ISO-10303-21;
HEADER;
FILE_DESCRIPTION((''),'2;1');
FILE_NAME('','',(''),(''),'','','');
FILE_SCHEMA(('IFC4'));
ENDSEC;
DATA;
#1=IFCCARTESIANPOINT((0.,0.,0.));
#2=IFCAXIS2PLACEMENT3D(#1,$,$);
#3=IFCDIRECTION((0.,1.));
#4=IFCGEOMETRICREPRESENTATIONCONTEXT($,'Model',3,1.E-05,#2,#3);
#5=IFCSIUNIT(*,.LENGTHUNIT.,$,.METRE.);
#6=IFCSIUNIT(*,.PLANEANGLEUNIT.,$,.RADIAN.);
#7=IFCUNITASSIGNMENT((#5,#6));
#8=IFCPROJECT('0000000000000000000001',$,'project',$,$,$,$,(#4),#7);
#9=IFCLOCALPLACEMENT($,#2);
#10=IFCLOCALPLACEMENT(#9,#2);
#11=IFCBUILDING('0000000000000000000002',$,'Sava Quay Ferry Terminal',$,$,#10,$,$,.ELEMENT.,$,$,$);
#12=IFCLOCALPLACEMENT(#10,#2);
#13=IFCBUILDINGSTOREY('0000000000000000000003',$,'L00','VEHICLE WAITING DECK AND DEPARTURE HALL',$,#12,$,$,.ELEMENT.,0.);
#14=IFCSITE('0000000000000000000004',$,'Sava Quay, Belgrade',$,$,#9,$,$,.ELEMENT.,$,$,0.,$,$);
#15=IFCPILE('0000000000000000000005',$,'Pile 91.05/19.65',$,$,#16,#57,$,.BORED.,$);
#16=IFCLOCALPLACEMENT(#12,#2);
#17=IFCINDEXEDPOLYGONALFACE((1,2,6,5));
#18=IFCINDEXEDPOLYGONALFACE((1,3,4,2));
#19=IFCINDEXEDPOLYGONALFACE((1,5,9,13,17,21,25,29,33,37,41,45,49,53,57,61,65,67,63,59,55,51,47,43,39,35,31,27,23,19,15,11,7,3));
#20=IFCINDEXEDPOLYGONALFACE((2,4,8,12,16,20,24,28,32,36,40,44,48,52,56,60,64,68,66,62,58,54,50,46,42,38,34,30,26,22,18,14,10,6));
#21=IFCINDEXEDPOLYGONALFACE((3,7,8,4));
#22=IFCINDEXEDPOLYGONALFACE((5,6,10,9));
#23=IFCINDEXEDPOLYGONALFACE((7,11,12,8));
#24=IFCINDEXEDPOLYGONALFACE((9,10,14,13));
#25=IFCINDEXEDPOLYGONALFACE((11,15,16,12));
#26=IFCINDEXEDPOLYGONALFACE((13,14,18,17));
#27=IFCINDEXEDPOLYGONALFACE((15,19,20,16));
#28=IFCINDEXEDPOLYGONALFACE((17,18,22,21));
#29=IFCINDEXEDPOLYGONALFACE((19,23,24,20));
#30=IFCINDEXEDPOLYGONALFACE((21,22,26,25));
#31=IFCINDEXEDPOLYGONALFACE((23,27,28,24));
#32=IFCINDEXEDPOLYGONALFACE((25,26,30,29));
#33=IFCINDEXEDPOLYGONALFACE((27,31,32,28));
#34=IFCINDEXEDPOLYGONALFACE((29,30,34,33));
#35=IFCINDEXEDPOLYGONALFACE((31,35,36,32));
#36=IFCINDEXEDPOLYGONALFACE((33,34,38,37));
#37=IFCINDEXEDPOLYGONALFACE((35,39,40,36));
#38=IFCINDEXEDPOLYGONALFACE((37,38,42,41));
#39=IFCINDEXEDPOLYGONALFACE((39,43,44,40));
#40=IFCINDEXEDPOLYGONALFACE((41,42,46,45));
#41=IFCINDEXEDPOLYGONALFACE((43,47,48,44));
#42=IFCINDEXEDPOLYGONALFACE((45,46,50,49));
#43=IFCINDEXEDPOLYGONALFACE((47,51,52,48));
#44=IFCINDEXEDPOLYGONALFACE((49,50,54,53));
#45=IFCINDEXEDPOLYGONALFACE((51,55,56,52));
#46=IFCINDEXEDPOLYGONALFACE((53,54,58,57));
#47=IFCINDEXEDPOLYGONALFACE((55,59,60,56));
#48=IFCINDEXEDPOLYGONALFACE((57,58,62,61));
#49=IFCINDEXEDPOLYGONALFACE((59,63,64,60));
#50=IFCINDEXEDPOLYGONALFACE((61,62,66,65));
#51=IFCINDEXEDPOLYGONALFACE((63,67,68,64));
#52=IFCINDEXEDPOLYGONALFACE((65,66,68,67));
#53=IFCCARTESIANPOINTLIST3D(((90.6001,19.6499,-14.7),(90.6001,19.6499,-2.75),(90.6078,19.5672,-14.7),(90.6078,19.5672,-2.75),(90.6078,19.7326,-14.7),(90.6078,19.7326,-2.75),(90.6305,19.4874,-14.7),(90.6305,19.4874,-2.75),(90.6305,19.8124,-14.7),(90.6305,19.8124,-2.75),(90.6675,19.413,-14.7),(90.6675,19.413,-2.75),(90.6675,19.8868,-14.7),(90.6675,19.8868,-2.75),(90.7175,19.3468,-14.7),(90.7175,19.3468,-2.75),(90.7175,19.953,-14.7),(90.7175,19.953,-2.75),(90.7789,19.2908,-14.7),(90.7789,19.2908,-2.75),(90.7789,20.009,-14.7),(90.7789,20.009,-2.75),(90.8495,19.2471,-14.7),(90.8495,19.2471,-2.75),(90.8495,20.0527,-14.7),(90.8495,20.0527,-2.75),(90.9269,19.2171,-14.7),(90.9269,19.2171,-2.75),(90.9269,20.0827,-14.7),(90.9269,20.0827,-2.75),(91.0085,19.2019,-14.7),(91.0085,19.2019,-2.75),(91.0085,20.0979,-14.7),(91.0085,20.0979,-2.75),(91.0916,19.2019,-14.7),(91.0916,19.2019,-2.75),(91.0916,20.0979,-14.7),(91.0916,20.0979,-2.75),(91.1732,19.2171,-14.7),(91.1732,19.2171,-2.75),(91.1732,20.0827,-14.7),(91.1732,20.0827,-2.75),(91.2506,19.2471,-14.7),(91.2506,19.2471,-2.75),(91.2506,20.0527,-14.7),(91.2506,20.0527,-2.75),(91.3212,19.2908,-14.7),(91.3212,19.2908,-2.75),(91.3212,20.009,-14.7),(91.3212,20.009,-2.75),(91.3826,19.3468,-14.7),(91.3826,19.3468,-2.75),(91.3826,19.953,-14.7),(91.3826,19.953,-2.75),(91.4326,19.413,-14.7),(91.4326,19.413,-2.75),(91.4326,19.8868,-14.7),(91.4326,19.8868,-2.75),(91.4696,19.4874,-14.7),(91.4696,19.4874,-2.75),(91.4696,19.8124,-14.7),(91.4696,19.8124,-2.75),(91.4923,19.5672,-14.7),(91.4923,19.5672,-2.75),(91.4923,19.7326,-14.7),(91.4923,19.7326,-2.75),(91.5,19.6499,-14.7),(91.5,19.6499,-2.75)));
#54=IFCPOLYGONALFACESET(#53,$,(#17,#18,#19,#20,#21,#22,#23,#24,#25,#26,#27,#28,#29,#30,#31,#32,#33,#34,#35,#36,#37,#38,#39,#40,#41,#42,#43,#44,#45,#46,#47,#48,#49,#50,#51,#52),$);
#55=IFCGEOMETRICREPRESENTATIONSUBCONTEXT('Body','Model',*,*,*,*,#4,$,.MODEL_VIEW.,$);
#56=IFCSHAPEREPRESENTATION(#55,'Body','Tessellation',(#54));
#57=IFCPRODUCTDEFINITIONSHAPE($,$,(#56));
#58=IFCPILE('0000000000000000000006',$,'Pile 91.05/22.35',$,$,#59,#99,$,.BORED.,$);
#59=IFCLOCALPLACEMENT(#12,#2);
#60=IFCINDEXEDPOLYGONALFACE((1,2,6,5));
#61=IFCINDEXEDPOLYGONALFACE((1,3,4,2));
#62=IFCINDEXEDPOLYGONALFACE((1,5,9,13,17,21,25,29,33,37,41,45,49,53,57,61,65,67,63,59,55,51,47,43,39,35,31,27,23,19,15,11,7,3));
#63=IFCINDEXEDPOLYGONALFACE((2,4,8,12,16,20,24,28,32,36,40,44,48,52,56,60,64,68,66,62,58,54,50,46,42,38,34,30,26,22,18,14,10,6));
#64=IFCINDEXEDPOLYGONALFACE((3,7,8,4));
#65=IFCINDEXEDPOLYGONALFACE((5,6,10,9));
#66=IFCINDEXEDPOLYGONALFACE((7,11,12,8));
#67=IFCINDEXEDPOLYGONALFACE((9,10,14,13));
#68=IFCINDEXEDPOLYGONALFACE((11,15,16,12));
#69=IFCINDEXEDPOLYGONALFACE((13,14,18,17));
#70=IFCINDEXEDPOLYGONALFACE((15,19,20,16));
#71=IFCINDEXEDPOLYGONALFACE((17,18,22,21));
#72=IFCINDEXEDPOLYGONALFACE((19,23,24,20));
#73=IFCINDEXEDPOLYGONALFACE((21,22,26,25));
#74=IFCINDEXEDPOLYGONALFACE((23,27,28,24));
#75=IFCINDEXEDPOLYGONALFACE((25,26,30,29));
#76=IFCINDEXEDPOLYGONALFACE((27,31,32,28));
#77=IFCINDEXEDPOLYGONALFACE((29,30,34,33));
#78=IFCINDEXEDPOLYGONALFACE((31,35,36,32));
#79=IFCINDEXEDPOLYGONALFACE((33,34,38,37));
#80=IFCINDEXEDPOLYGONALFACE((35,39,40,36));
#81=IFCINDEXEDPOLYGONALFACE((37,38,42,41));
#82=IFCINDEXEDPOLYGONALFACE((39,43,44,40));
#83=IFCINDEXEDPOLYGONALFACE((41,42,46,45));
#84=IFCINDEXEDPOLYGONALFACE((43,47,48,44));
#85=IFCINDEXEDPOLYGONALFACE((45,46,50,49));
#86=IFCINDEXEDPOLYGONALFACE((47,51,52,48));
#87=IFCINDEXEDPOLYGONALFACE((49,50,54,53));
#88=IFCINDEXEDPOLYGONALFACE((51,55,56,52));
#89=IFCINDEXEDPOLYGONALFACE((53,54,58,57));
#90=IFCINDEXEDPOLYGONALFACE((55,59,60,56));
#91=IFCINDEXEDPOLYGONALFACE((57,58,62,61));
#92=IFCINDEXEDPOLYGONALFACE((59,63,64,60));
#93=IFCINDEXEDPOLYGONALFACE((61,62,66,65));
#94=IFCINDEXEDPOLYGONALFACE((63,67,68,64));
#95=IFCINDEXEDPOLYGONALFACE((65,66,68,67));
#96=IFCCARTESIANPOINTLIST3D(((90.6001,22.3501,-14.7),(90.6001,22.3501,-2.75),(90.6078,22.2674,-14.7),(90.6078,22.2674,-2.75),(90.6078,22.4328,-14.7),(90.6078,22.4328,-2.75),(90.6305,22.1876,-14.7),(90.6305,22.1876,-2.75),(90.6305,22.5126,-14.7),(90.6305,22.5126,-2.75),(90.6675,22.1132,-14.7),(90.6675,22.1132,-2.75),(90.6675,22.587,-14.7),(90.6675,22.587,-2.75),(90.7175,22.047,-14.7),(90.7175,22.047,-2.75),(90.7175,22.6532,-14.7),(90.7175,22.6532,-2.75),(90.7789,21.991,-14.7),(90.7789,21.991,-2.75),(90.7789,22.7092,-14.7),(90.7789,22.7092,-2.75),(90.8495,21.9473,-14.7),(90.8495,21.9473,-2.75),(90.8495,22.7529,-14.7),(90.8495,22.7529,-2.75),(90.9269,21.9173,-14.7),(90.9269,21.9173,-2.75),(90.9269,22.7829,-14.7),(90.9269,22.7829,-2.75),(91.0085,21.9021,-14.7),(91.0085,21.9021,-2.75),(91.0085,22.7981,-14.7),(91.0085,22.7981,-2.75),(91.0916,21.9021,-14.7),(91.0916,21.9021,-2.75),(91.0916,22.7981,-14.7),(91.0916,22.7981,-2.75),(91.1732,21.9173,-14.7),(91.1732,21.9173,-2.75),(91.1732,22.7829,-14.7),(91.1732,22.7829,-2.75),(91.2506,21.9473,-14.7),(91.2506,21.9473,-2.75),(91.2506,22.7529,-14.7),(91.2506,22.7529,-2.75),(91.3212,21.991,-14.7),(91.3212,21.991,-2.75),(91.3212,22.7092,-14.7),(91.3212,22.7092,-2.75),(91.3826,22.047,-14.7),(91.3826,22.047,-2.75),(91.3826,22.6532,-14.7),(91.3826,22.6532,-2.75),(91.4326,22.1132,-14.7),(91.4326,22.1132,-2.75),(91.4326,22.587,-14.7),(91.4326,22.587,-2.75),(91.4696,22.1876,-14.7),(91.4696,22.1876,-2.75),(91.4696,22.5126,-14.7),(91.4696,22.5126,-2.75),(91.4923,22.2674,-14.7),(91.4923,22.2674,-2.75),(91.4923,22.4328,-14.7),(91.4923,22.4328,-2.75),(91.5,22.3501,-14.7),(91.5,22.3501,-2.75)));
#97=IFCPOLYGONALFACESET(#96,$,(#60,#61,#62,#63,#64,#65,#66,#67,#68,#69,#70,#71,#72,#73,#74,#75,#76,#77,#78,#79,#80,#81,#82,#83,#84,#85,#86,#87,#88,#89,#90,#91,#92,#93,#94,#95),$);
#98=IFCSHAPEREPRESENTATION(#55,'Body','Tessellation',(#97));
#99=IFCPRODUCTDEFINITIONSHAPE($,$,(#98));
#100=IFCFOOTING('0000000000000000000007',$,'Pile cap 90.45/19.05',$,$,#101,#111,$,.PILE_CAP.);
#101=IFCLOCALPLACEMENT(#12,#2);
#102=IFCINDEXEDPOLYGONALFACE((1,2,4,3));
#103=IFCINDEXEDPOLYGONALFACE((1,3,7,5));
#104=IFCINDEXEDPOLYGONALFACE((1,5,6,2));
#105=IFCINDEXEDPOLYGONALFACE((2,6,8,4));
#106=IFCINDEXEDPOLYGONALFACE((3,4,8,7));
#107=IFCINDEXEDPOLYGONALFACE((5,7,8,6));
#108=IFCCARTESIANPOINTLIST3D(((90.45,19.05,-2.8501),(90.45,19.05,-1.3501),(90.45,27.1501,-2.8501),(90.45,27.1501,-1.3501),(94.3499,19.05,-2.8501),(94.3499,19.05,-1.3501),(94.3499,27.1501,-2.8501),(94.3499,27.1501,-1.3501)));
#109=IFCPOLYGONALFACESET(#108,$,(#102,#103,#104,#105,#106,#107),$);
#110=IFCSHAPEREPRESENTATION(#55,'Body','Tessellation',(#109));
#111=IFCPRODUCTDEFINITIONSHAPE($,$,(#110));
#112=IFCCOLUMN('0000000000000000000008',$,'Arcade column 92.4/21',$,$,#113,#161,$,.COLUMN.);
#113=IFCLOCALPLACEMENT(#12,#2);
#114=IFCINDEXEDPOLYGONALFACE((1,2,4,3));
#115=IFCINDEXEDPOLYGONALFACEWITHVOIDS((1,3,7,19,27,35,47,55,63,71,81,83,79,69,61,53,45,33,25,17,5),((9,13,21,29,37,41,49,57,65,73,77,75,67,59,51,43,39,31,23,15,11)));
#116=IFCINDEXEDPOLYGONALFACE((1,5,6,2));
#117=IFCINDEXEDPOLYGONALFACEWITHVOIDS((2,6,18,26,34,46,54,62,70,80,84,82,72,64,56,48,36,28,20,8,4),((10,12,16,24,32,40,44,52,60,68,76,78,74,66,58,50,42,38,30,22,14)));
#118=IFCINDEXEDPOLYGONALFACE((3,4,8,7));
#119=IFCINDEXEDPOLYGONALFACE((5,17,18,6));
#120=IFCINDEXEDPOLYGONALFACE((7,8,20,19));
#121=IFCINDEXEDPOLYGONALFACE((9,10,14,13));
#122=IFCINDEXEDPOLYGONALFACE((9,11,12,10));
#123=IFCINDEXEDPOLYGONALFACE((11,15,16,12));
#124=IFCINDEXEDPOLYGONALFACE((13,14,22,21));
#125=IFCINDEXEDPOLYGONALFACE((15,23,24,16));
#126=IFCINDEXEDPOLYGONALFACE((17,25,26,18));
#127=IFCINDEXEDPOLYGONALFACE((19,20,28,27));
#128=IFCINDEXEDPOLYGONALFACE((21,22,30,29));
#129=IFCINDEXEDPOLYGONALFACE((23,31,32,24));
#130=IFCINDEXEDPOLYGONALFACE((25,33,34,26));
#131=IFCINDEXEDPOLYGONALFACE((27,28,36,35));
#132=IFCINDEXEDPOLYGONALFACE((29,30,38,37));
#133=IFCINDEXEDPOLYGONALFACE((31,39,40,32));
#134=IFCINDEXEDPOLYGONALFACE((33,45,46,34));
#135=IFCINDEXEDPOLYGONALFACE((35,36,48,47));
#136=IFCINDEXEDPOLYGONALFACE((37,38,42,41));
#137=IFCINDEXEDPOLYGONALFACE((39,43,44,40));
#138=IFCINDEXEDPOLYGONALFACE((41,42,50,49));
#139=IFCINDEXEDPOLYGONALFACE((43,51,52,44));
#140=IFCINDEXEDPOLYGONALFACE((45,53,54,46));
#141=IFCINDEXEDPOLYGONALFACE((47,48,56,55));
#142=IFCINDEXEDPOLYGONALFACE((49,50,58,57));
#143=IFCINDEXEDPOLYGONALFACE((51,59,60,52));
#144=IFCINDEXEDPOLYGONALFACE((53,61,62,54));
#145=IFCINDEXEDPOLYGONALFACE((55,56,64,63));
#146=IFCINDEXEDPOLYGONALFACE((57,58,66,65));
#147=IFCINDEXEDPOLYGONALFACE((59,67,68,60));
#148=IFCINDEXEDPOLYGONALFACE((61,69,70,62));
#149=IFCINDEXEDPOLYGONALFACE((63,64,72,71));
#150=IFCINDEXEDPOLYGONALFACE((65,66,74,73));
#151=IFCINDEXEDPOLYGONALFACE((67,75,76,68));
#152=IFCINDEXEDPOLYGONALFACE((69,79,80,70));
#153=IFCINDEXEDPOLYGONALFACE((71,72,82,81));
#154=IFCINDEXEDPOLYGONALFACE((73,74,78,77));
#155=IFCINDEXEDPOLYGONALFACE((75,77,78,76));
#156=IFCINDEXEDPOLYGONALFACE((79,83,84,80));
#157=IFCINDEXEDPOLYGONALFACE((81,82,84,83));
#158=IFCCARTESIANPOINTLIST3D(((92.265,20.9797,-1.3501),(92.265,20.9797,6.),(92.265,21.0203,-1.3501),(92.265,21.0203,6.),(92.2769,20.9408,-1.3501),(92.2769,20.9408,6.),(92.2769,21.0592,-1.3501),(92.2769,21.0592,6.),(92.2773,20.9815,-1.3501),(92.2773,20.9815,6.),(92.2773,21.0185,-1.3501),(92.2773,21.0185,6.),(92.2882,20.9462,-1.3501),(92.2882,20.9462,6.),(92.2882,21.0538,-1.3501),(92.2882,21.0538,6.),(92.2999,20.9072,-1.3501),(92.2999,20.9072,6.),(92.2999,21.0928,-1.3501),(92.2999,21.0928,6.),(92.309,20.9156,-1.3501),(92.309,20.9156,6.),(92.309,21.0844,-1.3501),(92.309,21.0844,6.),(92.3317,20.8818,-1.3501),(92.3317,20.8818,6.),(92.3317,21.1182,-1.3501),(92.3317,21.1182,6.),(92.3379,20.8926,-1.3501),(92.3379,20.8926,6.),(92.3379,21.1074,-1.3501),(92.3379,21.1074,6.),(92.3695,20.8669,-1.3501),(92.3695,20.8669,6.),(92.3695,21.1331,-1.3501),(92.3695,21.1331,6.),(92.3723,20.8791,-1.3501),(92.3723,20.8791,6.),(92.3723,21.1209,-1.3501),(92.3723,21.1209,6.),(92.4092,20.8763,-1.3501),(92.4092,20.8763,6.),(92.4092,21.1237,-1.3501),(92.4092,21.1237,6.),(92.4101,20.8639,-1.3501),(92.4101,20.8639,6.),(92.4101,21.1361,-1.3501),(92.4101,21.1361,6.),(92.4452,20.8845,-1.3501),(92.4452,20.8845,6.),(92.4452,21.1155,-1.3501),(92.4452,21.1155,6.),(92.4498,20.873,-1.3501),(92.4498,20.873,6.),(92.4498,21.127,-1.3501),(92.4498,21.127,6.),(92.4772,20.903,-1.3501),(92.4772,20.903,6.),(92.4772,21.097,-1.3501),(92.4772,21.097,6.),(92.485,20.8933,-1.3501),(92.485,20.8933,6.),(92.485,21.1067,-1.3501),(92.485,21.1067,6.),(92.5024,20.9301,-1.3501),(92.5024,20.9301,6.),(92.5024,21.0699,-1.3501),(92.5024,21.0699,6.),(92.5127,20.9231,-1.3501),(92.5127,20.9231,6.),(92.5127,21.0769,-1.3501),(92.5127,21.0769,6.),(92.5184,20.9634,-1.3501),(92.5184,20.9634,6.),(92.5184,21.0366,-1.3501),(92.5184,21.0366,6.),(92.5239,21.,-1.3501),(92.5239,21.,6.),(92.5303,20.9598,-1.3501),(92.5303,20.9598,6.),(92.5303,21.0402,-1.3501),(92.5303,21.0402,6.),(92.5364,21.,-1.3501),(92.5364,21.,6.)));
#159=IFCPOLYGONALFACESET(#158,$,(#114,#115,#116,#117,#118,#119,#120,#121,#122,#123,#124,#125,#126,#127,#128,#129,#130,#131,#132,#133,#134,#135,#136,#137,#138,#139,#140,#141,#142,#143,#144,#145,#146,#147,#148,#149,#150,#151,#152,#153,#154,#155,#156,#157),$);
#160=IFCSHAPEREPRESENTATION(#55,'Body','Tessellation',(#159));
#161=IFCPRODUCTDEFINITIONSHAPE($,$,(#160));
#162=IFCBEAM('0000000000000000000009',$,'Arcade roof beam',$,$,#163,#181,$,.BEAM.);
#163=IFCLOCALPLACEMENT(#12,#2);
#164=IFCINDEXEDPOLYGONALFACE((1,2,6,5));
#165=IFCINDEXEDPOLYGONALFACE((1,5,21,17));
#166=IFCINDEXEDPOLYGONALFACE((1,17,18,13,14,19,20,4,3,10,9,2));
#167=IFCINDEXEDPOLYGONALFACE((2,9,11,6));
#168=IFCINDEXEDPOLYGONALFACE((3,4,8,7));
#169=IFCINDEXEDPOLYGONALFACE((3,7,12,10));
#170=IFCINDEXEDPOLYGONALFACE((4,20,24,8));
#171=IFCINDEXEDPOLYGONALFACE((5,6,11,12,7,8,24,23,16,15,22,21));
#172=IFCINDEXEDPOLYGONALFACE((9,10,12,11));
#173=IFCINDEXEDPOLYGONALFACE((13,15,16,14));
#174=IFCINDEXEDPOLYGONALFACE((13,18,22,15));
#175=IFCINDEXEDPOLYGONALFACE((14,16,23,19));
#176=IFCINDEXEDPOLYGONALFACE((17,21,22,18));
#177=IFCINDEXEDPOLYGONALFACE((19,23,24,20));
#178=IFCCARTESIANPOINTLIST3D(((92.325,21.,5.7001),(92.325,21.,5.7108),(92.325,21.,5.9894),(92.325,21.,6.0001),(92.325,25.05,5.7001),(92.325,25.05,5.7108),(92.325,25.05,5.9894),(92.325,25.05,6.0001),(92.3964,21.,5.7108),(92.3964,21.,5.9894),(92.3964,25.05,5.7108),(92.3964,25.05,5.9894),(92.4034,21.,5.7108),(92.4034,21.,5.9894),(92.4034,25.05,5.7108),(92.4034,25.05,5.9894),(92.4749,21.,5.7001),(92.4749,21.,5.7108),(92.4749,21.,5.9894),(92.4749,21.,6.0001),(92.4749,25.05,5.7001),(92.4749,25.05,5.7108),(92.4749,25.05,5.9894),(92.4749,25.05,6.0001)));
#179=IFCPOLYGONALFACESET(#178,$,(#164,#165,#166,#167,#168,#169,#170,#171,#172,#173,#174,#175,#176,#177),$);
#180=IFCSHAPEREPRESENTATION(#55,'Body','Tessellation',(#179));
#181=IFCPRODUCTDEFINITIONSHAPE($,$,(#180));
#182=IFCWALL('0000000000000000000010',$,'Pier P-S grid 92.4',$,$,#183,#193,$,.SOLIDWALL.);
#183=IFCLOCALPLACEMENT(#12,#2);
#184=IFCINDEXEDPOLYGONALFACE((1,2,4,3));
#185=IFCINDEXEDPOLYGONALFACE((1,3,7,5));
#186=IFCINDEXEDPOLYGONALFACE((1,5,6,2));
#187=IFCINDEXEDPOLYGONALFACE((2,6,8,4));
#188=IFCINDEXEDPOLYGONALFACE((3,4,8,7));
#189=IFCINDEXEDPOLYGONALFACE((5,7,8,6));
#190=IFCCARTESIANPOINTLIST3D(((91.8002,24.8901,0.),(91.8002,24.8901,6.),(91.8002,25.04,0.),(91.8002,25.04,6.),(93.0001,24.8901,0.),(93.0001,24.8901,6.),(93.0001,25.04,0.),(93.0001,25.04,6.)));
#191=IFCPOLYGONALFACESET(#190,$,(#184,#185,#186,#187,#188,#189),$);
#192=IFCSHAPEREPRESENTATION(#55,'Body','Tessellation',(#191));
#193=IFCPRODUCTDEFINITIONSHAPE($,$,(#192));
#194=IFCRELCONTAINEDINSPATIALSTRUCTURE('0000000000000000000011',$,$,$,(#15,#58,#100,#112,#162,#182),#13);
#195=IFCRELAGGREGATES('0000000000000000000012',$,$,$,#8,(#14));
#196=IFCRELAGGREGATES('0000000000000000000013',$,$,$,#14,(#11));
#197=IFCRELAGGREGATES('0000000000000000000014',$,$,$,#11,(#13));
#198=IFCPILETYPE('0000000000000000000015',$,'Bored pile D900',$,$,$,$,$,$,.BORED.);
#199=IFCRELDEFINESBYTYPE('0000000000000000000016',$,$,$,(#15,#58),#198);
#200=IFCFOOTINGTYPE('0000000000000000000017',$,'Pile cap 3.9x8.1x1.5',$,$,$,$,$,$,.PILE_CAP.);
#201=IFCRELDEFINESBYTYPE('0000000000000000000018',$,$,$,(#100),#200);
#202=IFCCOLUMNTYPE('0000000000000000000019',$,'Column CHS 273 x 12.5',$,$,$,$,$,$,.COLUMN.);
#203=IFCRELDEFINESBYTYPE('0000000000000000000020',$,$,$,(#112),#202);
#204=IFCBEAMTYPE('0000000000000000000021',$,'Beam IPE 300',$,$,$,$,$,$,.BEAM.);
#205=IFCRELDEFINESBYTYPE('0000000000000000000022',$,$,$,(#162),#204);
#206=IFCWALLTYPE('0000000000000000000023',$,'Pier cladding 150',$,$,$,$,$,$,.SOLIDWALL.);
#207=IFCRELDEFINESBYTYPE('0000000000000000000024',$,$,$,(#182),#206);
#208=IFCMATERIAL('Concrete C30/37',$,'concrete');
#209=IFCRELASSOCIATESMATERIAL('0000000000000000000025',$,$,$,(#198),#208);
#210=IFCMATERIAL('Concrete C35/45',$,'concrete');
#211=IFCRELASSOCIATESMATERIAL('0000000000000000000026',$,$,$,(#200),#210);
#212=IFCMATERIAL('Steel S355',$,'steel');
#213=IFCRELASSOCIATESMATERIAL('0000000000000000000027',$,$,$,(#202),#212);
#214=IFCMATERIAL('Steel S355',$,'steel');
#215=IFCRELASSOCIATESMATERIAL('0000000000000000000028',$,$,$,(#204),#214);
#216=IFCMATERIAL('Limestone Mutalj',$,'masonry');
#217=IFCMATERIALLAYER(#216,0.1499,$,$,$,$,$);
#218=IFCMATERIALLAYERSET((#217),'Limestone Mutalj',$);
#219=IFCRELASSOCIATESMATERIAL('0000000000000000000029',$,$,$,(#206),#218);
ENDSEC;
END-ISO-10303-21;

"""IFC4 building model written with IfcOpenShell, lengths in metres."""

from ifc_helpers import new_model, si_unit, direction, frame, frame_2d, origin, origin_2d, place, context, subcontext, project, spatial, rectangle, circle, hollow_circle, i_section, extrude, material, layer, layer_set, material_profile, profile_set, type_object, element, save


model = new_model("IFC4")

# Units and contexts
model_context = context("Model", 3, precision=1e-05, world=origin(), true_north=direction((0.0, 1.0)))
body_context = subcontext(model_context, "Body", "Model", "MODEL_VIEW")
ifc_project = project(units=[si_unit("LENGTHUNIT", "METRE"), si_unit("PLANEANGLEUNIT", "RADIAN")], contexts=[model_context])

# Site, building, storey
site_placement = place(None, origin())
site = spatial("IfcSite", under=ifc_project, at=site_placement, Name="Sava Quay, Belgrade", CompositionType="ELEMENT", RefElevation=0.0)
building_placement = place(site_placement, origin())
building = spatial("IfcBuilding", under=site, at=building_placement, Name="Sava Quay Ferry Terminal", CompositionType="ELEMENT")
storey_placement = place(building_placement, origin())
storey = spatial("IfcBuildingStorey", under=building, at=storey_placement, Name="L00", Description="VEHICLE WAITING DECK AND DEPARTURE HALL", CompositionType="ELEMENT", Elevation=0.0)

# Piles
ifc_material_1 = material(Name="Concrete C30/37", Category="concrete")
ifc_material_profile_1 = material_profile(ifc_material_1, circle(Radius=0.45, at=origin_2d()), Name="Bored pile D900")
ifc_profile_set_1 = profile_set([ifc_material_profile_1], Name="Concrete C30/37")
pile_type = type_object("IfcPileType", Name="Bored pile D900", PredefinedType="BORED", material=ifc_profile_set_1)
for number, where, z_axis, x_axis, name in (
    (1, (91.05, 19.6499, -2.75), (0.0, 0.0, -1.0), (1.0, 0.0, 0.0), "Pile 91.05/19.65"),
    (2, (91.05, 22.3501, -2.75), (0.0, 0.0, -1.0), (1.0, 0.0, 0.0), "Pile 91.05/22.35"),
):
    element("IfcPile", number, at=place(storey_placement, frame(where, z_axis=z_axis, x_axis=x_axis)), inside=storey, type_object=pile_type, Name=name, PredefinedType="BORED", context=body_context, shape_type="SweptSolid", body=[
        extrude(circle(Radius=0.45, at=origin_2d()), origin(), (0.0, 0.0, 1.0), 11.95),
    ])

# Footing
ifc_material_2 = material(Name="Concrete C35/45", Category="concrete")
footing_type = type_object("IfcFootingType", Name="Pile cap 3.9x8.1x1.5", PredefinedType="PILE_CAP", material=ifc_material_2)
footing_placement = place(storey_placement, frame((92.3999, 23.1001, -2.8501), z_axis=(0.0, 0.0, 1.0), x_axis=(1.0, 0.0, 0.0)))
element("IfcFooting", 3, at=footing_placement, inside=storey, type_object=footing_type, Name="Pile cap 90.45/19.05", PredefinedType="PILE_CAP", context=body_context, shape_type="SweptSolid", body=[
    extrude(rectangle(XDim=3.8999, YDim=8.1001, at=origin_2d()), origin(), (0.0, 0.0, 1.0), 1.5),
])

# Column
ifc_material_3 = material(Name="Steel S355", Category="steel")
ifc_material_profile_2 = material_profile(ifc_material_3, hollow_circle(Radius=0.1365, WallThickness=0.0125, at=origin_2d()), Name="CHS 273 x 12.5")
ifc_profile_set_2 = profile_set([ifc_material_profile_2], Name="Steel S355")
column_type = type_object("IfcColumnType", Name="Column CHS 273 x 12.5", PredefinedType="COLUMN", material=ifc_profile_set_2)
column_placement = place(storey_placement, frame((92.3999, 21.0, -1.3501), z_axis=(0.0, 0.0, 1.0), x_axis=(1.0, 0.0, 0.0)))
element("IfcColumn", 4, at=column_placement, inside=storey, type_object=column_type, Name="Arcade column 92.4/21", PredefinedType="COLUMN", context=body_context, shape_type="SweptSolid", body=[
    extrude(hollow_circle(Radius=0.1365, WallThickness=0.0125, at=origin_2d()), origin(), (0.0, 0.0, 1.0), 7.3501),
])

# Beam
ifc_material_4 = material(Name="Steel S355", Category="steel")
ifc_material_profile_3 = material_profile(ifc_material_4, i_section(OverallWidth=0.1499, OverallDepth=0.3, WebThickness=0.0071, FlangeThickness=0.0107, at=origin_2d()), Name="IPE 300")
ifc_profile_set_3 = profile_set([ifc_material_profile_3], Name="Steel S355")
beam_type = type_object("IfcBeamType", Name="Beam IPE 300", PredefinedType="BEAM", material=ifc_profile_set_3)
beam_placement = place(storey_placement, frame((92.3999, 21.0, 5.8501), z_axis=(0.0, 1.0, 0.0), x_axis=(-1.0, 0.0, 0.0)))
element("IfcBeam", 5, at=beam_placement, inside=storey, type_object=beam_type, Name="Arcade roof beam", PredefinedType="BEAM", context=body_context, shape_type="SweptSolid", body=[
    extrude(i_section(OverallWidth=0.1499, OverallDepth=0.3, WebThickness=0.0071, FlangeThickness=0.0107, at=origin_2d()), origin(), (0.0, 0.0, 1.0), 4.05),
])

# Wall
ifc_material_5 = material(Name="Limestone Mutalj", Category="masonry")
ifc_layer_1 = layer(ifc_material_5, 0.1499)
ifc_layer_set_1 = layer_set([ifc_layer_1], Name="Limestone Mutalj")
wall_type = type_object("IfcWallType", Name="Pier cladding 150", PredefinedType="SOLIDWALL", material=ifc_layer_set_1)
wall_placement = place(storey_placement, frame((91.8, 24.9651, 0.0), z_axis=(0.0, 0.0, 1.0), x_axis=(1.0, 0.0, 0.0)))
element("IfcWall", 6, at=wall_placement, inside=storey, type_object=wall_type, Name="Pier P-S grid 92.4", PredefinedType="SOLIDWALL", context=body_context, shape_type="SweptSolid", body=[
    extrude(rectangle(XDim=1.2, YDim=0.1499, at=frame_2d((0.6001, 0.0))), origin(), (0.0, 0.0, 1.0), 6.0),
])

save(model, "model.ifc")
